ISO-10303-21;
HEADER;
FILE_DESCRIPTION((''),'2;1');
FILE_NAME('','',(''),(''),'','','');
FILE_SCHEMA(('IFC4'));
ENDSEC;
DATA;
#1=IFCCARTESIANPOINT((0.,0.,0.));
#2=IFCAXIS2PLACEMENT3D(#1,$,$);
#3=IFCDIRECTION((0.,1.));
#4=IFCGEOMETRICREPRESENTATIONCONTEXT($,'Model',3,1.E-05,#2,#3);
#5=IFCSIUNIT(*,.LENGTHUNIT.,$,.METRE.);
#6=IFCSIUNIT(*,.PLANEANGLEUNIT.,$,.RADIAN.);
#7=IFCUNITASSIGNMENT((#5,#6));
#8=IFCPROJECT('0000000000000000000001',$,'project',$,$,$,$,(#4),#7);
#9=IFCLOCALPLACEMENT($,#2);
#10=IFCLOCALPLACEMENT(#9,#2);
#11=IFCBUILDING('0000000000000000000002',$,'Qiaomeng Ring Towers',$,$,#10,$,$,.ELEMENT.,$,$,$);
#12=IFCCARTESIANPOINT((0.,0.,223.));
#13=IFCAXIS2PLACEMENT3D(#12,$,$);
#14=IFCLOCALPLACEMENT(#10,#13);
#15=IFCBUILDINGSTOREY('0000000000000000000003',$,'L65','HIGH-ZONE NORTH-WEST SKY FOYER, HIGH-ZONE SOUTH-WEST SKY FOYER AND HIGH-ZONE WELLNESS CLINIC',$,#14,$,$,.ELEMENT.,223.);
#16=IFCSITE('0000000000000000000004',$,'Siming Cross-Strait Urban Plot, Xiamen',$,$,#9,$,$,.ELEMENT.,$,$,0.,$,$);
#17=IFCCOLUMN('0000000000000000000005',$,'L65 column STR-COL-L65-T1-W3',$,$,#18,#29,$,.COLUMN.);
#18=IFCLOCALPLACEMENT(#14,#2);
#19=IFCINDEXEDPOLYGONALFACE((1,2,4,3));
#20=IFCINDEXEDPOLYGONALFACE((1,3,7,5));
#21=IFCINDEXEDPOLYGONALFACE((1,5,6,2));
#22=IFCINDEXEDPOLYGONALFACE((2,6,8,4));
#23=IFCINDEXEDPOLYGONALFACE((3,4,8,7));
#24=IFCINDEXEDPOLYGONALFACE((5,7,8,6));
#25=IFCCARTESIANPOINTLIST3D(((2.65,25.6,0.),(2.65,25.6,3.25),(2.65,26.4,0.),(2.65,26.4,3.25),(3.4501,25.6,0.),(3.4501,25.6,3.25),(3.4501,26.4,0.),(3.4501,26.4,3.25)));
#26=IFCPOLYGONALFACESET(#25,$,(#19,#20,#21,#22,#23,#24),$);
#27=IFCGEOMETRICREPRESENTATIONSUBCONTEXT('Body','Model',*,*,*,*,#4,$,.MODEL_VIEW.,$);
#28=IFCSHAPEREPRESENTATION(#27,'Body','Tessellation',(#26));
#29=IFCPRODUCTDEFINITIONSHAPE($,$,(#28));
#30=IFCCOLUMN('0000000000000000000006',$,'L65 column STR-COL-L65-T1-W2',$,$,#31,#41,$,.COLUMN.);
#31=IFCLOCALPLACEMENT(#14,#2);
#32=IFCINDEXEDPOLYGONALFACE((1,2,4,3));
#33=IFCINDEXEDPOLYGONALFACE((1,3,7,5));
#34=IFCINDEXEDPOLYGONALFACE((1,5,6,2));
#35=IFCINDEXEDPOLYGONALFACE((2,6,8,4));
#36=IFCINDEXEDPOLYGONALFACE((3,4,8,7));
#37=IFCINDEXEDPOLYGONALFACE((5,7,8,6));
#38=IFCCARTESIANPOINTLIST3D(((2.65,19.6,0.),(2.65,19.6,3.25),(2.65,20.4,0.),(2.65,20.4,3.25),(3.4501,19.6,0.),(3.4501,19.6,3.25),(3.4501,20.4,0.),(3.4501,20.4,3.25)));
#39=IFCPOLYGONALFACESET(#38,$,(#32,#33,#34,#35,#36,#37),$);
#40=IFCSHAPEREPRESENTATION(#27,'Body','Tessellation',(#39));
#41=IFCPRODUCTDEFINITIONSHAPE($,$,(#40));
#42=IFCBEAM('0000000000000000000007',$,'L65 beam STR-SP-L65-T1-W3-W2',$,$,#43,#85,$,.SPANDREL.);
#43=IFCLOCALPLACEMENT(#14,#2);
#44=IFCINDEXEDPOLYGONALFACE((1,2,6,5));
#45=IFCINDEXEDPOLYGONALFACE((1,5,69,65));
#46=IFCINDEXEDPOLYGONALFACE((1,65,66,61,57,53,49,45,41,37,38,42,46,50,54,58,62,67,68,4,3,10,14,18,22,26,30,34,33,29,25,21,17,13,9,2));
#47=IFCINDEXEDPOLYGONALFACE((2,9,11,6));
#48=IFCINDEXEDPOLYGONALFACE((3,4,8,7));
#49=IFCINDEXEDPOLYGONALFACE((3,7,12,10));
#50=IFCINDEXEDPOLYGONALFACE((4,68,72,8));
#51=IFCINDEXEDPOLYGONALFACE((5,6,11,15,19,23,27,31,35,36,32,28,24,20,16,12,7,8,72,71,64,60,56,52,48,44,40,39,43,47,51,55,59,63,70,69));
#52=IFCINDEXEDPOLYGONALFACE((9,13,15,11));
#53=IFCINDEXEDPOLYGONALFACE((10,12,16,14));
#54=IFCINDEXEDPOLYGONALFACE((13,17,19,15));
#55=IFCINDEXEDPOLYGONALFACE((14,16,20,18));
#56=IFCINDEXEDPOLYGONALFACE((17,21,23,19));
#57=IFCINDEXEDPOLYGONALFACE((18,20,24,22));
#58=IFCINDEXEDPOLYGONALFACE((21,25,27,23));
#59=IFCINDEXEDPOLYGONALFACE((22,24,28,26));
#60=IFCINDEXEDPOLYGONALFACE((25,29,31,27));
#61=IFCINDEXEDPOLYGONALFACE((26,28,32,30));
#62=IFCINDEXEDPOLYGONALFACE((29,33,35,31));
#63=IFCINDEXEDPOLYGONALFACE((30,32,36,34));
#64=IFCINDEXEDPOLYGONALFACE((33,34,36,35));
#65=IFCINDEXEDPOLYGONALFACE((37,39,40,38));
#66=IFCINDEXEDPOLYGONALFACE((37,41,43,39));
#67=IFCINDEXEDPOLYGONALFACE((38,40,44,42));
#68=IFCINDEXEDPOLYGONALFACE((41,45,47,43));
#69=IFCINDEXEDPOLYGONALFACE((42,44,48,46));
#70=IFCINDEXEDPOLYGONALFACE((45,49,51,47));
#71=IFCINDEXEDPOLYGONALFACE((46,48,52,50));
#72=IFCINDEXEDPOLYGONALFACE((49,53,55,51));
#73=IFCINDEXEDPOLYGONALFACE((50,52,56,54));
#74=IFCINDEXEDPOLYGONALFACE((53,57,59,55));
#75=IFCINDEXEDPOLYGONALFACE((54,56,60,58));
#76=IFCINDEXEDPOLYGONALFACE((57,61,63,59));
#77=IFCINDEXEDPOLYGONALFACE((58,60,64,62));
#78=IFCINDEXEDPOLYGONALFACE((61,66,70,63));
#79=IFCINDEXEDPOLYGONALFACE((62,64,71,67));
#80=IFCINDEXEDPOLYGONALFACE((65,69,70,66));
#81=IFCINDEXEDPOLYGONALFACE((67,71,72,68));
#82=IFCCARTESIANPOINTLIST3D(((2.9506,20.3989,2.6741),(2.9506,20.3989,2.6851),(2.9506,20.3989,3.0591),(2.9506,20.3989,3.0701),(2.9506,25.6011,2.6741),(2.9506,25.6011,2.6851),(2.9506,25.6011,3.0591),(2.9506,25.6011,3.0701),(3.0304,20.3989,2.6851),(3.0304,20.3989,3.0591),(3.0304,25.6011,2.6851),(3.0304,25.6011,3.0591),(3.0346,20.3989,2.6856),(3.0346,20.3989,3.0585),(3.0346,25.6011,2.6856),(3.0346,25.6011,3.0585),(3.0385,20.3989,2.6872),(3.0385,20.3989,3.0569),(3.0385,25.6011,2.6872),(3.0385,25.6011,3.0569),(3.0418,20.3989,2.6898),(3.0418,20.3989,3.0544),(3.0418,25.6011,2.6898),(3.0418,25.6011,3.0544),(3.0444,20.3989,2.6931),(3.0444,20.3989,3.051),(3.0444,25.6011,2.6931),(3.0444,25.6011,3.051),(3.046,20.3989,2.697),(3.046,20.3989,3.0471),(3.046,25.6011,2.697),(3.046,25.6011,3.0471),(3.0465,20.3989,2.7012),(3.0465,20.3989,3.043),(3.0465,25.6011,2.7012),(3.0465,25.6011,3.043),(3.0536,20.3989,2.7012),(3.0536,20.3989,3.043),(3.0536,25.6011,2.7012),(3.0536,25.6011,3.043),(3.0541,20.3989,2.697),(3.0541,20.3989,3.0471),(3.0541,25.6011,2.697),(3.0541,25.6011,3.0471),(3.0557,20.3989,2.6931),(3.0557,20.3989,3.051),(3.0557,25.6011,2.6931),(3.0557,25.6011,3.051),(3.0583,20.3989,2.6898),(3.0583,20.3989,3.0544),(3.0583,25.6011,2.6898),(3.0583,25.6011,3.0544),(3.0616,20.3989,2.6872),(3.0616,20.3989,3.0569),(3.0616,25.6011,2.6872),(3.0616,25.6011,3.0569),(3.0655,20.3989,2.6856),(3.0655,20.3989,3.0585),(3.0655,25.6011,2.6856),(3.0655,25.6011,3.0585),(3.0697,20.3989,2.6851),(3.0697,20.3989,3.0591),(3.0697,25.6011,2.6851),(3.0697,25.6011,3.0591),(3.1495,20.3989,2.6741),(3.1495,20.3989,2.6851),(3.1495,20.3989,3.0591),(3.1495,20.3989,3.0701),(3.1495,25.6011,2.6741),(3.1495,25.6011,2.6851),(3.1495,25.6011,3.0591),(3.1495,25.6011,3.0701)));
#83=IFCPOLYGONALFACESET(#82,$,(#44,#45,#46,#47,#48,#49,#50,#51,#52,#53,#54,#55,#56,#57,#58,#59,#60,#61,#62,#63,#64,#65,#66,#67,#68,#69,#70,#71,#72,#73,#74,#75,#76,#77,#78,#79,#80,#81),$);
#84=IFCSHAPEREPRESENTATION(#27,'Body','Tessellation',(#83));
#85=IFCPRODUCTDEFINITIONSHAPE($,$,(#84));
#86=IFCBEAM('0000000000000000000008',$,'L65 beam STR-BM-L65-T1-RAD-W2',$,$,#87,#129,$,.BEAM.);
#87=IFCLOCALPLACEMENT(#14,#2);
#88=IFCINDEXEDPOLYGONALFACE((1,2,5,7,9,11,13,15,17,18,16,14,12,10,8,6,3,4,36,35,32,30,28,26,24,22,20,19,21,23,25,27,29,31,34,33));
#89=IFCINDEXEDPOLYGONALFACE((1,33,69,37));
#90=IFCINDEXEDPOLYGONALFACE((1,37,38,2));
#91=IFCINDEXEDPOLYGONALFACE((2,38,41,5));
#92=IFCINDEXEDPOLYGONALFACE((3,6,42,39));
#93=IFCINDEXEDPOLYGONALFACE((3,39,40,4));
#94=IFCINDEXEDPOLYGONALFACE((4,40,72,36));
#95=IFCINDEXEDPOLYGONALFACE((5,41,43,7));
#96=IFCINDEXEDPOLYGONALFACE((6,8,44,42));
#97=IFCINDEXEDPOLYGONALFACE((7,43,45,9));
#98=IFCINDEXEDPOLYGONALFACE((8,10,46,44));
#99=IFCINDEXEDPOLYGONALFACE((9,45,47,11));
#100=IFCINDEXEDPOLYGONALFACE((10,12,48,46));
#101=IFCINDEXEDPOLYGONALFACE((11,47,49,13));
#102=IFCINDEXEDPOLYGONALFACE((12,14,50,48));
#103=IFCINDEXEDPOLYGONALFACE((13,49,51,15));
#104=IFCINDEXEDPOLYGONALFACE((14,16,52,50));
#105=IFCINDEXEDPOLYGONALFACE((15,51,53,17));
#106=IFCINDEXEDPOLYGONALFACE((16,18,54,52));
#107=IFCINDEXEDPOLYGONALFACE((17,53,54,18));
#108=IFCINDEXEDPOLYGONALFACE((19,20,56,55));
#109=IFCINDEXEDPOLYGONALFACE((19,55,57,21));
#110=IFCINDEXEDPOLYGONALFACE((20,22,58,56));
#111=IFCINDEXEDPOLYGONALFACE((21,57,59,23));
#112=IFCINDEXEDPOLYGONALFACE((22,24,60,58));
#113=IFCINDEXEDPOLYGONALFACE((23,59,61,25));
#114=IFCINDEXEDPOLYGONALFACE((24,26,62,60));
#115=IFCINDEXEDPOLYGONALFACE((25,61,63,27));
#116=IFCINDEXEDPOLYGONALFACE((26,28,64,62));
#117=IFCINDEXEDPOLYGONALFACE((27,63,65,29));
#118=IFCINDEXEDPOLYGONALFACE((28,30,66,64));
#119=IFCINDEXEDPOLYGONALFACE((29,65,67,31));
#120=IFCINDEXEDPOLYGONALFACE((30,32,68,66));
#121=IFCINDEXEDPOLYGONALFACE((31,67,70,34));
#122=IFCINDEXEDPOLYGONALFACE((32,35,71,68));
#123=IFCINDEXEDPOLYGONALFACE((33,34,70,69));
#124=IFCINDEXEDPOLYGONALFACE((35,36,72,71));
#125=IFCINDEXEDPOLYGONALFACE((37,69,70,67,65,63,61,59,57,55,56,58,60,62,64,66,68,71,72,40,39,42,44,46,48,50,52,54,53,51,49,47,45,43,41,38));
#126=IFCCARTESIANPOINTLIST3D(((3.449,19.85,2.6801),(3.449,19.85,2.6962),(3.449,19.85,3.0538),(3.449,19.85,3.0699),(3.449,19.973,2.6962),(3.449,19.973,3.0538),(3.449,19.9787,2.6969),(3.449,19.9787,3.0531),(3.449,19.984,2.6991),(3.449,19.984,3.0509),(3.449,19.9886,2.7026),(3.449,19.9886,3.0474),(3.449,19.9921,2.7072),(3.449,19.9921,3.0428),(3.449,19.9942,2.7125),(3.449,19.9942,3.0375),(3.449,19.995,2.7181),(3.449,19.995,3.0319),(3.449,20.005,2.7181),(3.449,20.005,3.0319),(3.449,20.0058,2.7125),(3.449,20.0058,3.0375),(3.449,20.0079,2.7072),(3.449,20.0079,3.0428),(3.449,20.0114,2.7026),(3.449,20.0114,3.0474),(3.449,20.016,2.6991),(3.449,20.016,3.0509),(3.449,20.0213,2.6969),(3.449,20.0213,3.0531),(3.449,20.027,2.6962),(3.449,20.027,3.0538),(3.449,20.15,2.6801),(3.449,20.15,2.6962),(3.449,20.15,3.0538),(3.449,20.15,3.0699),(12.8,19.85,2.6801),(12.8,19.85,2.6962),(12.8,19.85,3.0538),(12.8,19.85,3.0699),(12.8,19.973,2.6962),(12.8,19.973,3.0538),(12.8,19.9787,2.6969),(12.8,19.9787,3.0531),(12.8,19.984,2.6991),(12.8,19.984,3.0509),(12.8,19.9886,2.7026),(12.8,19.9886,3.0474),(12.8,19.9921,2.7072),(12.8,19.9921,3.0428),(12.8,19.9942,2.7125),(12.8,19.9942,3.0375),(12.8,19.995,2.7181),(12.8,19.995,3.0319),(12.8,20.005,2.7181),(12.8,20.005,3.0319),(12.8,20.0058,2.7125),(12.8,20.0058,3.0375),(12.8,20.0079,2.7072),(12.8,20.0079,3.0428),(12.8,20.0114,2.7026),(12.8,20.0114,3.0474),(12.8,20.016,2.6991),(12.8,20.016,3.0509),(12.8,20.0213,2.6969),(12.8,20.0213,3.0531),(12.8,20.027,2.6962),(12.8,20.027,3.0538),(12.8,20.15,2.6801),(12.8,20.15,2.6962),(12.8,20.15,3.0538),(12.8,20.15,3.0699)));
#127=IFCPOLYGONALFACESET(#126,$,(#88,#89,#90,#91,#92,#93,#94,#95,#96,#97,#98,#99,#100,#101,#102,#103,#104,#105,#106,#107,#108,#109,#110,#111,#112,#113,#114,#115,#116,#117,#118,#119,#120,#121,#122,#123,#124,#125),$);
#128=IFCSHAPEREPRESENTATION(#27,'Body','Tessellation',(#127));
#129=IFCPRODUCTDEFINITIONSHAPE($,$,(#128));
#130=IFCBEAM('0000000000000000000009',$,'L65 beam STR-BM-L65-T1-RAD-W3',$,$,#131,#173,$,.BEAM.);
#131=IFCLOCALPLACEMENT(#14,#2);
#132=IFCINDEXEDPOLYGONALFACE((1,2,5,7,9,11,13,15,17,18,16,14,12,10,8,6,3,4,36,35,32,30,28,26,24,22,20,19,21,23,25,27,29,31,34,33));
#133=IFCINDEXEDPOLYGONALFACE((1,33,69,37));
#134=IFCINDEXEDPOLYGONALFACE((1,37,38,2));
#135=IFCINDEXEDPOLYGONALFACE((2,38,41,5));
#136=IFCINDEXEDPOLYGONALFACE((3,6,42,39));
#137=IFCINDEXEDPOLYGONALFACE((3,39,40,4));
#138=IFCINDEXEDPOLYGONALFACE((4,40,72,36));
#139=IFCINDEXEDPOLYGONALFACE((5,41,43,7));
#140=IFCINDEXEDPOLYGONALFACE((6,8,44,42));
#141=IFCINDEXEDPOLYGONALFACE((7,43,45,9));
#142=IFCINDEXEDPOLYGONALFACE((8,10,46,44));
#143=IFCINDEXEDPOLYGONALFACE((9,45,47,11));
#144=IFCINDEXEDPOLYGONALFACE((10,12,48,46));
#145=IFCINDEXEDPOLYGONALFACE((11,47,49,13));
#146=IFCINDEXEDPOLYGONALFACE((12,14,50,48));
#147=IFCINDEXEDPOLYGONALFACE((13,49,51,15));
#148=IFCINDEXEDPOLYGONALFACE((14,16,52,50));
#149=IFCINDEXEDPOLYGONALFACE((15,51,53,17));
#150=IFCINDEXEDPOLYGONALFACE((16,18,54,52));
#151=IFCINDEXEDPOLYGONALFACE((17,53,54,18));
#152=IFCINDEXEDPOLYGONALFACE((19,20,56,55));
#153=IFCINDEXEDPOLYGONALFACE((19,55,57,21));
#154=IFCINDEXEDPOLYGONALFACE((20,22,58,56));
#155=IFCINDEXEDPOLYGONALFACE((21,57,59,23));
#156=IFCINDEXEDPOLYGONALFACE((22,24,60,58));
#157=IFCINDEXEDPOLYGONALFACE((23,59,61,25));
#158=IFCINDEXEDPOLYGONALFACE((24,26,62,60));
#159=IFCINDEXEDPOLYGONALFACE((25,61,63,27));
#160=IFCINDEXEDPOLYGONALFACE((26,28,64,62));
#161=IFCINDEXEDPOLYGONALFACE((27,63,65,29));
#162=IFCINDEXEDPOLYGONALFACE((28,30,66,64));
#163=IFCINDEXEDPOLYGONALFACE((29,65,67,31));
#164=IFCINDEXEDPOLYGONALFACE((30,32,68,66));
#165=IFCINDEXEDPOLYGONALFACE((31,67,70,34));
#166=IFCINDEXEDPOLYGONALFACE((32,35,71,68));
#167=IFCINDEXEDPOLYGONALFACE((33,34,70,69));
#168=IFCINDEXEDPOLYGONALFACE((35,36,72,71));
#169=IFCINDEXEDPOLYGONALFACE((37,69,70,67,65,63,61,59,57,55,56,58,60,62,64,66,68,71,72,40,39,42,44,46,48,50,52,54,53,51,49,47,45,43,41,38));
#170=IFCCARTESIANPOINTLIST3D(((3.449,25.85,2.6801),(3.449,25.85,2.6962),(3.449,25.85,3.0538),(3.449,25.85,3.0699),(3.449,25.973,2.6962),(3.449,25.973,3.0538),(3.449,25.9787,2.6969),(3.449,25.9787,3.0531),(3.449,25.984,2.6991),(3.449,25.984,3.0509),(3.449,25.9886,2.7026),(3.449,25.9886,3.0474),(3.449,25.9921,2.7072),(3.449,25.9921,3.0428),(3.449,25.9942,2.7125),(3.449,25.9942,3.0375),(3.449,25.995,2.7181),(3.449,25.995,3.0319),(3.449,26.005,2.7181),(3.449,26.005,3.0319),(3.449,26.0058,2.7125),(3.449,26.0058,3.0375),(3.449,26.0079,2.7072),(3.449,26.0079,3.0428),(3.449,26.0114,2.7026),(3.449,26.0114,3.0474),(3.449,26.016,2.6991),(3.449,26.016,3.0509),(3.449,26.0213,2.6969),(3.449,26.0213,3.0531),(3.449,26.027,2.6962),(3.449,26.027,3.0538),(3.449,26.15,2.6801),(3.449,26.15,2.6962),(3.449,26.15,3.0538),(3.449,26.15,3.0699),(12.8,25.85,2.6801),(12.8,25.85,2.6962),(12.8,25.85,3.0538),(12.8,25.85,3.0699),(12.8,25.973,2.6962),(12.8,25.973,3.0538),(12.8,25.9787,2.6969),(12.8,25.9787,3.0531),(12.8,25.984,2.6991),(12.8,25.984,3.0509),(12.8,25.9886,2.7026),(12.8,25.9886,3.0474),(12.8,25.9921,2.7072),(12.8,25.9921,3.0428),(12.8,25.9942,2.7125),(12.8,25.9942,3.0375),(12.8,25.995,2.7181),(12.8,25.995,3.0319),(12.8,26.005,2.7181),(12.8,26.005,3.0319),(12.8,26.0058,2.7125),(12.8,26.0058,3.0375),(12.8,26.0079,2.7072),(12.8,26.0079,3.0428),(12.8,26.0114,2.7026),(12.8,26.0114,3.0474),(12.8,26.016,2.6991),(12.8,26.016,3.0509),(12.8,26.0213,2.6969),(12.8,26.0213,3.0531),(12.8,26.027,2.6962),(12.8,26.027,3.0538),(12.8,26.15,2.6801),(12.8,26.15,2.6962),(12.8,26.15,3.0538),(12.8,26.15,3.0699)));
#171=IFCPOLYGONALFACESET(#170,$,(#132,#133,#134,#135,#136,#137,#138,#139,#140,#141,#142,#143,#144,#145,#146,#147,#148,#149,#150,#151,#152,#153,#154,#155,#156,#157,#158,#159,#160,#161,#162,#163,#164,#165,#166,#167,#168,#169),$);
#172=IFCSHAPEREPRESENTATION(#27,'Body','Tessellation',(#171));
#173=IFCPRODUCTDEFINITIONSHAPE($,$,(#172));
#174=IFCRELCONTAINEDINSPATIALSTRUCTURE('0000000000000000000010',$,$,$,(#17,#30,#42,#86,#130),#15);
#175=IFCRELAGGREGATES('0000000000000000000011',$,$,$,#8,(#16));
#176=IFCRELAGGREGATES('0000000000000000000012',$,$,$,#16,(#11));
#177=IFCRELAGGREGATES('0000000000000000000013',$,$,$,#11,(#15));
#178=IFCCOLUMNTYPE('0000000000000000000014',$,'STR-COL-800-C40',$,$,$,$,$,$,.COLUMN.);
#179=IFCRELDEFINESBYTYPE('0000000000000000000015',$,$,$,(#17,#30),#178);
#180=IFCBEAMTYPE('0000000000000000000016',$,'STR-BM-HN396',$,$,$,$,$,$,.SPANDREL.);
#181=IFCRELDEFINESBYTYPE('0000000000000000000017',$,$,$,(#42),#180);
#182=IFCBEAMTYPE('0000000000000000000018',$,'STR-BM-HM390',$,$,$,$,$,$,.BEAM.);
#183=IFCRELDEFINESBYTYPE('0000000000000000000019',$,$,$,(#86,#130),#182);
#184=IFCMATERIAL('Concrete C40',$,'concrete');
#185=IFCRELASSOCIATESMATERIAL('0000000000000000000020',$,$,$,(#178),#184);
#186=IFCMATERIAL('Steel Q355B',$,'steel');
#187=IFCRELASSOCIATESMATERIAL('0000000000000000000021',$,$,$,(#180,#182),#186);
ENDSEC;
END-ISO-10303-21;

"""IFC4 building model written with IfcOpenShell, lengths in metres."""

from ifc_helpers import new_model, si_unit, direction, frame, origin, origin_2d, place, context, subcontext, project, spatial, rectangle, i_section, extrude, source, transform, mapped, material, material_profile, profile_set, type_object, element, save


model = new_model("IFC4")

# Units and contexts
model_context = context("Model", 3, precision=1e-05, world=origin(), true_north=direction((0.0, 1.0)))
body_context = subcontext(model_context, "Body", "Model", "MODEL_VIEW")
ifc_project = project(units=[si_unit("LENGTHUNIT", "METRE"), si_unit("PLANEANGLEUNIT", "RADIAN")], contexts=[model_context])

# Site, building, storey
site_placement = place(None, origin())
site = spatial("IfcSite", under=ifc_project, at=site_placement, Name="Siming Cross-Strait Urban Plot, Xiamen", CompositionType="ELEMENT", RefElevation=0.0)
building_placement = place(site_placement, origin())
building = spatial("IfcBuilding", under=site, at=building_placement, Name="Qiaomeng Ring Towers", CompositionType="ELEMENT")
storey_placement = place(building_placement, frame((0.0, 0.0, 223.0)))
storey = spatial("IfcBuildingStorey", under=building, at=storey_placement, Name="L65", Description="HIGH-ZONE NORTH-WEST SKY FOYER, HIGH-ZONE SOUTH-WEST SKY FOYER AND HIGH-ZONE WELLNESS CLINIC", CompositionType="ELEMENT", Elevation=223.0)

# Columns
ifc_material_1 = material(Name="Concrete C40", Category="concrete")
ifc_material_profile_1 = material_profile(ifc_material_1, rectangle(XDim=0.8, YDim=0.8, at=origin_2d()), Name="RC COL 800x800")
ifc_profile_set_1 = profile_set([ifc_material_profile_1], Name="Concrete C40")
column_type = type_object("IfcColumnType", Name="STR-COL-800-C40", PredefinedType="COLUMN", material=ifc_profile_set_1)
shared_shape_1 = source(origin(), body_context, "Body", "SweptSolid", [
    extrude(rectangle(XDim=0.8, YDim=0.8, at=origin_2d()), origin(), (0.0, 0.0, 1.0), 3.25),
])
for number, where, z_axis, x_axis, name in (
    (1, (3.05, 26.0, 0.0), (0.0, 0.0, 1.0), (1.0, 0.0, 0.0), "L65 column STR-COL-L65-T1-W3"),
    (2, (3.05, 20.0, 0.0), (0.0, 0.0, 1.0), (1.0, 0.0, 0.0), "L65 column STR-COL-L65-T1-W2"),
):
    element("IfcColumn", number, at=place(storey_placement, frame(where, z_axis=z_axis, x_axis=x_axis)), inside=storey, type_object=column_type, Name=name, PredefinedType="COLUMN", context=body_context, shape_type="MappedRepresentation", body=[
        mapped(shared_shape_1, transform((0.0, 0.0, 0.0), x_axis=(1.0, 0.0, 0.0), y_axis=(0.0, 1.0, 0.0), z_axis=(0.0, 0.0, 1.0), scale=1.0)),
    ])

# Beams
ifc_material_2 = material(Name="Steel Q355B", Category="steel")
ifc_material_profile_2 = material_profile(ifc_material_2, i_section(OverallWidth=0.199, OverallDepth=0.396, WebThickness=0.0071, FlangeThickness=0.011, FilletRadius=0.0161, at=origin_2d()), Name="HN 396x199x7x11")
ifc_profile_set_2 = profile_set([ifc_material_profile_2], Name="Steel Q355B")
beam_type_1 = type_object("IfcBeamType", Name="STR-BM-HN396", PredefinedType="SPANDREL", material=ifc_profile_set_2)
shared_shape_2 = source(origin(), body_context, "Body", "SweptSolid", [
    extrude(i_section(OverallWidth=0.199, OverallDepth=0.396, WebThickness=0.0071, FlangeThickness=0.011, FilletRadius=0.0161, at=origin_2d()), origin(), (0.0, 0.0, 1.0), 5.2021),
])
beam_1_placement = place(storey_placement, frame((3.05, 25.6011, 2.8721), z_axis=(0.0, -1.0, 0.0), x_axis=(1.0, 0.0, 0.0)))
element("IfcBeam", 3, at=beam_1_placement, inside=storey, type_object=beam_type_1, Name="L65 beam STR-SP-L65-T1-W3-W2", PredefinedType="SPANDREL", context=body_context, shape_type="MappedRepresentation", body=[
    mapped(shared_shape_2, transform((0.0, 0.0, 0.0), x_axis=(1.0, 0.0, 0.0), y_axis=(0.0, 1.0, 0.0), z_axis=(0.0, 0.0, 1.0), scale=1.0)),
])
ifc_material_profile_3 = material_profile(ifc_material_2, i_section(OverallWidth=0.3, OverallDepth=0.3899, WebThickness=0.01, FlangeThickness=0.0161, FilletRadius=0.022, at=origin_2d()), Name="HM 390x300x10x16")
ifc_profile_set_3 = profile_set([ifc_material_profile_3], Name="Steel Q355B")
beam_type_2 = type_object("IfcBeamType", Name="STR-BM-HM390", PredefinedType="BEAM", material=ifc_profile_set_3)
shared_shape_3 = source(origin(), body_context, "Body", "SweptSolid", [
    extrude(i_section(OverallWidth=0.3, OverallDepth=0.3899, WebThickness=0.01, FlangeThickness=0.0161, FilletRadius=0.022, at=origin_2d()), origin(), (0.0, 0.0, 1.0), 9.3511),
])
for number, where, z_axis, x_axis, name in (
    (4, (3.449, 20.0, 2.875), (1.0, 0.0, 0.0), (0.0, 1.0, 0.0), "L65 beam STR-BM-L65-T1-RAD-W2"),
    (5, (3.449, 26.0, 2.875), (1.0, 0.0, 0.0), (0.0, 1.0, 0.0), "L65 beam STR-BM-L65-T1-RAD-W3"),
):
    element("IfcBeam", number, at=place(storey_placement, frame(where, z_axis=z_axis, x_axis=x_axis)), inside=storey, type_object=beam_type_2, Name=name, PredefinedType="BEAM", context=body_context, shape_type="MappedRepresentation", body=[
        mapped(shared_shape_3, transform((0.0, 0.0, 0.0), x_axis=(1.0, 0.0, 0.0), y_axis=(0.0, 1.0, 0.0), z_axis=(0.0, 0.0, 1.0), scale=1.0)),
    ])

save(model, "model.ifc")
